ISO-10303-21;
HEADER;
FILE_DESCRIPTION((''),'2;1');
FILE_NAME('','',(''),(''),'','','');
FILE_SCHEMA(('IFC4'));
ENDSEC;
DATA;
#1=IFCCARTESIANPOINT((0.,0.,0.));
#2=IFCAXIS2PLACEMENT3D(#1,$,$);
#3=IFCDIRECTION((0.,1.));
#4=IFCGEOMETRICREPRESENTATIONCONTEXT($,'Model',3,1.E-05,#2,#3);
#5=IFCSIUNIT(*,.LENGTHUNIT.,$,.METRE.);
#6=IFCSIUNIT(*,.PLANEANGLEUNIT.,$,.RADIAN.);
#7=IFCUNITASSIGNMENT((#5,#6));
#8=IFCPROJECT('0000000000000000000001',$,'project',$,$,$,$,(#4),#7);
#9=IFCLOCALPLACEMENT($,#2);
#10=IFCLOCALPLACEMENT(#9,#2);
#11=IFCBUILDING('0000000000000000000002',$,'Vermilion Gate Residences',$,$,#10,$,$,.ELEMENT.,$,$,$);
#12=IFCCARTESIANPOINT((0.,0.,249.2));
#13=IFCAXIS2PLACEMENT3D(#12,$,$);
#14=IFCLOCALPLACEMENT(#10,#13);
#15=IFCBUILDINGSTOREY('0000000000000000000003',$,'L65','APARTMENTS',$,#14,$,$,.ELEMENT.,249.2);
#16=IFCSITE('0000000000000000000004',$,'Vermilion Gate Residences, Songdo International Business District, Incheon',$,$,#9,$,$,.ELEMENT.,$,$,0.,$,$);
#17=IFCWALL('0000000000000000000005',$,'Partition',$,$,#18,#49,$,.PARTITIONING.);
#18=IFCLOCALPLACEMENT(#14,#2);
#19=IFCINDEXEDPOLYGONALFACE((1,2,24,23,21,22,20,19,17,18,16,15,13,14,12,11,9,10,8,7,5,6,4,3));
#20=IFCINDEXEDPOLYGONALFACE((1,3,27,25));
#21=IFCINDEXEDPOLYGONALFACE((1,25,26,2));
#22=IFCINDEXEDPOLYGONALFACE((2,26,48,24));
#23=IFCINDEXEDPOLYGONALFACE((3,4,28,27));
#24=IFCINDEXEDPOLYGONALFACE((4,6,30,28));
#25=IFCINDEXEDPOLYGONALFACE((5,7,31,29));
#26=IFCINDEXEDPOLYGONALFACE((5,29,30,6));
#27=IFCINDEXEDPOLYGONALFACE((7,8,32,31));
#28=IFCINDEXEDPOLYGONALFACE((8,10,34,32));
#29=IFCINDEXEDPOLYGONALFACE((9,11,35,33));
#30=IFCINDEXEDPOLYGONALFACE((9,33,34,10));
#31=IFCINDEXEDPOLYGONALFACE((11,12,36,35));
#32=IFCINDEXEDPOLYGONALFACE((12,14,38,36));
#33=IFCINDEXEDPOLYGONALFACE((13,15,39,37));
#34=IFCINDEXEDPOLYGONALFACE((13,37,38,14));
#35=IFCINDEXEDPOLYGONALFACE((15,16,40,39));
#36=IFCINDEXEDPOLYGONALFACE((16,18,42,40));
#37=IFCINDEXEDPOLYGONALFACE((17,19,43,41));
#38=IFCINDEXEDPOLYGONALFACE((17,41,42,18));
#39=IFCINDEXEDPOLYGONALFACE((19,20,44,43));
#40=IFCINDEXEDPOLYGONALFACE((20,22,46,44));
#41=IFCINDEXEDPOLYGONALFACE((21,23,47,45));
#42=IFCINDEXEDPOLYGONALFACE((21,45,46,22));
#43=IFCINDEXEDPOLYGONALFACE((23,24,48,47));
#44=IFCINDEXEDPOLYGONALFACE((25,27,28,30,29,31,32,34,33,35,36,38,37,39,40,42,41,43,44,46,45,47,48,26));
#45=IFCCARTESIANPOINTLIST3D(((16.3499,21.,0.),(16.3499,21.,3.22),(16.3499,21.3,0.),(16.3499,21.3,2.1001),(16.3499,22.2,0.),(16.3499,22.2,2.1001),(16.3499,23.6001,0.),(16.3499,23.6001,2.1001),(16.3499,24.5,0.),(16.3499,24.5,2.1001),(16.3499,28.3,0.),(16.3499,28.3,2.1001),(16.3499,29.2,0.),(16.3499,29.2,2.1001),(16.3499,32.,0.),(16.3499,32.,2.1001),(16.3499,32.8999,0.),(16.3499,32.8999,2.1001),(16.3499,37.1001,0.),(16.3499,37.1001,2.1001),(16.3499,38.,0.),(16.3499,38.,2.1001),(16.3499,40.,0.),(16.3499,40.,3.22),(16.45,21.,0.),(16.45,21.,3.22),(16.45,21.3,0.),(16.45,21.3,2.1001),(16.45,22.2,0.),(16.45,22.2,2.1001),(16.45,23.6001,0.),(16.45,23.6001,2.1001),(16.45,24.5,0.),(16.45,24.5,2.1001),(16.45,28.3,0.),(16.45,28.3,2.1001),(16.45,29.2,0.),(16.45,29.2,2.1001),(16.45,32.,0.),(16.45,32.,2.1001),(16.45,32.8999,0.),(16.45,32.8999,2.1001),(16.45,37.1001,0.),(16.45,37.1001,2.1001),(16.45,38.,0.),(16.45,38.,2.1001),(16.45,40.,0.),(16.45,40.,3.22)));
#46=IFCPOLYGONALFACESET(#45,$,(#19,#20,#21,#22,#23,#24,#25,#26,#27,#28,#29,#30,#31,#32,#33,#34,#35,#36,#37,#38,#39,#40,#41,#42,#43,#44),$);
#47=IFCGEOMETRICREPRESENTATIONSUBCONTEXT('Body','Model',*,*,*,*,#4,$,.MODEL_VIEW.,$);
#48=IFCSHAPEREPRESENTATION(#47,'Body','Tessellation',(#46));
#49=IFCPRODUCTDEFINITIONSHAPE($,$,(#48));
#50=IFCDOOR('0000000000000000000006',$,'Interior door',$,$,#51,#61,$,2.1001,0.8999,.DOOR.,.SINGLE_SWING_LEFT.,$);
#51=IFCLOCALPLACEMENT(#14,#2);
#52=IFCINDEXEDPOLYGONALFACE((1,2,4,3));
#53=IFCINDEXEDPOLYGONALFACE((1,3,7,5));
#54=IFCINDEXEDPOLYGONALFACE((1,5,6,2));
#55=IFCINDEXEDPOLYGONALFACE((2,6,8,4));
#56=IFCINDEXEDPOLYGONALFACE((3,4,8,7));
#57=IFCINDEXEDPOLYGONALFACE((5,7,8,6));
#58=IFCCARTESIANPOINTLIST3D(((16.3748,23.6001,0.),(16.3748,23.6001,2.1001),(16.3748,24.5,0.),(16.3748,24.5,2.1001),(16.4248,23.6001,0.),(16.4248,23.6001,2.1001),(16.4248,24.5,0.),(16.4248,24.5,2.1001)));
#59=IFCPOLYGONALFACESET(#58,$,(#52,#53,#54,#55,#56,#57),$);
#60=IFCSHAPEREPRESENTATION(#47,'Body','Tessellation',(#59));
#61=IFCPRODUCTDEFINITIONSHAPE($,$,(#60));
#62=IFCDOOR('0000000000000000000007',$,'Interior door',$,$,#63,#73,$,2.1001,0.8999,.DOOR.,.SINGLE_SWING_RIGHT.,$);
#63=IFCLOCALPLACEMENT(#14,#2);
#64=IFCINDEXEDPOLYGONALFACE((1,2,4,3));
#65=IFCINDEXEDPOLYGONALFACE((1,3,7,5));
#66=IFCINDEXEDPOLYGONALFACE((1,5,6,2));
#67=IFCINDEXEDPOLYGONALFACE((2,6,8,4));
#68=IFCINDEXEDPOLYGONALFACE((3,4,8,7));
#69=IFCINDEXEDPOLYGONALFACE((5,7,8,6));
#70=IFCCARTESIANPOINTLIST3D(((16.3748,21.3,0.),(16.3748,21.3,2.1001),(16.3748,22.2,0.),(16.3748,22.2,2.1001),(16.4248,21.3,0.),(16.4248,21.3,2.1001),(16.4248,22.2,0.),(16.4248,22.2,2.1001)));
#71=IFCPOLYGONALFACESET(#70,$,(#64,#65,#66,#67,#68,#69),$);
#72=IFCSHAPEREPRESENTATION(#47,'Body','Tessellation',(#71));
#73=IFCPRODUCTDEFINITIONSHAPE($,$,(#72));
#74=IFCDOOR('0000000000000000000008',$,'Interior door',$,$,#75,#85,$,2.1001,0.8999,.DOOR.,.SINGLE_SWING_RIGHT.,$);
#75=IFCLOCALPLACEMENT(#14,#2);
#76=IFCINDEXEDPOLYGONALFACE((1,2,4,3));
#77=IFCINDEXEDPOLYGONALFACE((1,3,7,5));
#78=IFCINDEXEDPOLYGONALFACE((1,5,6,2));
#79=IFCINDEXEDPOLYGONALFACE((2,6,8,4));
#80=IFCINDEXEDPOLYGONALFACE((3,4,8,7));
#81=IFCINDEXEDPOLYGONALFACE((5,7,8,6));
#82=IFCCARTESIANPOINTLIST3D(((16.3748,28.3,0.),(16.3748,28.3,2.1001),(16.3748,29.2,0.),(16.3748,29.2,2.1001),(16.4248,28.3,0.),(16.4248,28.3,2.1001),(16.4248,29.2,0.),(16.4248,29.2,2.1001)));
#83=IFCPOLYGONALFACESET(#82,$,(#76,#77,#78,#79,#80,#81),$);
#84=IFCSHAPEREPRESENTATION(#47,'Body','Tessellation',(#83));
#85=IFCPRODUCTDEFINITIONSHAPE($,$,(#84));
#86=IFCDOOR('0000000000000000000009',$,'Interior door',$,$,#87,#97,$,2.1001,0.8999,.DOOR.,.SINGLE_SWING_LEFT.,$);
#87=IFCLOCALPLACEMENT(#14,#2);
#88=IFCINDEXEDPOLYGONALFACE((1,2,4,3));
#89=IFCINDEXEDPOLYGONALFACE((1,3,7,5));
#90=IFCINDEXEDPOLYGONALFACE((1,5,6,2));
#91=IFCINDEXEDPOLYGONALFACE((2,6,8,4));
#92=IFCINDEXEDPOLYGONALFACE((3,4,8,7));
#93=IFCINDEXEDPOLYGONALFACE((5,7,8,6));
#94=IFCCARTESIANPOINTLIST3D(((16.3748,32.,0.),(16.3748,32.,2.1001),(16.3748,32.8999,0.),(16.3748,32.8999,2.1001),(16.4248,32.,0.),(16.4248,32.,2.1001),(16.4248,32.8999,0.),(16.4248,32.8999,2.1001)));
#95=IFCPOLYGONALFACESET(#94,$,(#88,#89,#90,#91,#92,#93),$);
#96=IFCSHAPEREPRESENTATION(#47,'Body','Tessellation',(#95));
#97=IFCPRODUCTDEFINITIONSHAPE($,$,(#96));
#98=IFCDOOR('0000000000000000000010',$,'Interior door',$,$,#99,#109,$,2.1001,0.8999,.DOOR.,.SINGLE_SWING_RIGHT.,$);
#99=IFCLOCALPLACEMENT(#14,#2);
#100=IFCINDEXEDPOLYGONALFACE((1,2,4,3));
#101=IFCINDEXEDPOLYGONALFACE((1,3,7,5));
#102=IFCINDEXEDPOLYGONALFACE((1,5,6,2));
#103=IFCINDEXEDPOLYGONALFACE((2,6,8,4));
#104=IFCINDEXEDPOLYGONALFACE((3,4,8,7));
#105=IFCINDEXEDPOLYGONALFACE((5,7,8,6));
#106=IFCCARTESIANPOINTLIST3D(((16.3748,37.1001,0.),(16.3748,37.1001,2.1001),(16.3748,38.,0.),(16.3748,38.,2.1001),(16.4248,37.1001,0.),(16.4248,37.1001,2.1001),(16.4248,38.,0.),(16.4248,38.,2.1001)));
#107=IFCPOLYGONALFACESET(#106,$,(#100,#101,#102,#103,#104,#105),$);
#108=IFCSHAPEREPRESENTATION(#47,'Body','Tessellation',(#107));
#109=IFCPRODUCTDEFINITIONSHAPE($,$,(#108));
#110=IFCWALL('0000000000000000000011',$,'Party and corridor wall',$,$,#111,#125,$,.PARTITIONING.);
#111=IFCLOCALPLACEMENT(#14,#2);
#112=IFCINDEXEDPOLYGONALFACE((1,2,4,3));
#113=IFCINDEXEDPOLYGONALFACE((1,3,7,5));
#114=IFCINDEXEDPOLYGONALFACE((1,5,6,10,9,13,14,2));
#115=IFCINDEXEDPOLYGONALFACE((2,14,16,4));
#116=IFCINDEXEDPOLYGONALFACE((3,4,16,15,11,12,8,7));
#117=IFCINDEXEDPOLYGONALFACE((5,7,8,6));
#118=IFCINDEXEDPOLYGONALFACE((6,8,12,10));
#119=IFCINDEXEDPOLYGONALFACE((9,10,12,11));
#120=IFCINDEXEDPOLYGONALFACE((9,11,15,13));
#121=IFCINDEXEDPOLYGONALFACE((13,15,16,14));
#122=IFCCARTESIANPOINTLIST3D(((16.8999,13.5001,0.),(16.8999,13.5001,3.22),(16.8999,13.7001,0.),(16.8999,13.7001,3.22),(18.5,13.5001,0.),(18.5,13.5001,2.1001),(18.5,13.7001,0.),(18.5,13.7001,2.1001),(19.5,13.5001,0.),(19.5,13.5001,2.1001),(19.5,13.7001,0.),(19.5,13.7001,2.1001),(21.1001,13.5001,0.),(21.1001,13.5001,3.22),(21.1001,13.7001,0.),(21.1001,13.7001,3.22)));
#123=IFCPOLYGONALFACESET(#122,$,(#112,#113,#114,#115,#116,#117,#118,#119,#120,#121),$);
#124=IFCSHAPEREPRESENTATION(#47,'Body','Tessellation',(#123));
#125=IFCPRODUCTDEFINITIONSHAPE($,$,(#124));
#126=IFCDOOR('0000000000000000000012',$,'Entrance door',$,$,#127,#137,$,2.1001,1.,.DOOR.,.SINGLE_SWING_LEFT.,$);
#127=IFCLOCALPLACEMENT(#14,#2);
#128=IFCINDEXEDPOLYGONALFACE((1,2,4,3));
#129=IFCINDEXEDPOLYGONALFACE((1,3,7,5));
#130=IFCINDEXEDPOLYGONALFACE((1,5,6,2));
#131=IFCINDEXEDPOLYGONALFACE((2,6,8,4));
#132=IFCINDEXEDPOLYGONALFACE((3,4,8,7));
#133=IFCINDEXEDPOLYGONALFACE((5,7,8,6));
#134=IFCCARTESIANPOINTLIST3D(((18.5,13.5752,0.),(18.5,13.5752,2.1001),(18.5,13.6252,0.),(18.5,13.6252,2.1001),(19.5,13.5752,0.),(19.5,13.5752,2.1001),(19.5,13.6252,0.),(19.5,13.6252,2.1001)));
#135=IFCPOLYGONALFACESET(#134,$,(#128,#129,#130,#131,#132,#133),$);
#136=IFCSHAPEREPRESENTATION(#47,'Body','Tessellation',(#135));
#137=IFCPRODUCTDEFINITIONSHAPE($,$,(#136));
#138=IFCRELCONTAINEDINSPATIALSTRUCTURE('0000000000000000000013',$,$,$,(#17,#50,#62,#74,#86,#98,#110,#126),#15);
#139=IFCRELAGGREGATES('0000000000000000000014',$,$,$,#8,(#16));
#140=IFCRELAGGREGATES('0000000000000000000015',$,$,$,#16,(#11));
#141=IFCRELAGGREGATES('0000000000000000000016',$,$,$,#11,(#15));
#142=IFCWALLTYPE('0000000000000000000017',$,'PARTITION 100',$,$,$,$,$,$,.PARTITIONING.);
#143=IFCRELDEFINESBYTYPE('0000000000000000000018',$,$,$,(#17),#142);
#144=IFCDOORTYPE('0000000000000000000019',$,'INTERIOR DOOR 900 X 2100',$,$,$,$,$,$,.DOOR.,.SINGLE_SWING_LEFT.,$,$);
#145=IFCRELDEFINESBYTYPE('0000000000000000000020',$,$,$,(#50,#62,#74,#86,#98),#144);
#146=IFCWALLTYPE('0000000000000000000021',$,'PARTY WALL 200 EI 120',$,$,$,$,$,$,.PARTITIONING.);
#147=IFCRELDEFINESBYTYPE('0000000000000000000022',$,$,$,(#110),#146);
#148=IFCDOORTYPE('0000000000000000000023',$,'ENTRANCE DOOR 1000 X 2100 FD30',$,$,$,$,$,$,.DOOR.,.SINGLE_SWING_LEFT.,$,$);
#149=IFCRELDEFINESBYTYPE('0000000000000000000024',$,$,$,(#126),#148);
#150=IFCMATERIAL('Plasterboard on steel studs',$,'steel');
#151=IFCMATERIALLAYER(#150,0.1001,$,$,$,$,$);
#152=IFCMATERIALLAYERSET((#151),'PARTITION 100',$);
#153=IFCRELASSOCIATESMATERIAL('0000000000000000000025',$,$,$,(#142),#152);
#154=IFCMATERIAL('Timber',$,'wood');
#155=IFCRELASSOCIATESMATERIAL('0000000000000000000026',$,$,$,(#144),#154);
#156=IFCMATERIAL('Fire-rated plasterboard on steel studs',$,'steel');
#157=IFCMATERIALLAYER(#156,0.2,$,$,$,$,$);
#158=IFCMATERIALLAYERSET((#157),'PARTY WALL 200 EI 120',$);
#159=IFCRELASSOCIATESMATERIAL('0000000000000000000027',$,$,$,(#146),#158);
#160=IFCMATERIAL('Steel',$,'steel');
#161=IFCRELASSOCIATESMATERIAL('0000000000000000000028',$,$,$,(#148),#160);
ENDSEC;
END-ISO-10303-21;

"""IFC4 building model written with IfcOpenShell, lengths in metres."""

from ifc_helpers import new_model, si_unit, direction, frame, frame_2d, origin, place, context, subcontext, project, spatial, rectangle, extrude, material, layer, layer_set, type_object, element, fill, save


model = new_model("IFC4")

# Units and contexts
model_context = context("Model", 3, precision=1e-05, world=origin(), true_north=direction((0.0, 1.0)))
body_context = subcontext(model_context, "Body", "Model", "MODEL_VIEW")
ifc_project = project(units=[si_unit("LENGTHUNIT", "METRE"), si_unit("PLANEANGLEUNIT", "RADIAN")], contexts=[model_context])

# Site, building, storey
site_placement = place(None, origin())
site = spatial("IfcSite", under=ifc_project, at=site_placement, Name="Vermilion Gate Residences, Songdo International Business District, Incheon", CompositionType="ELEMENT", RefElevation=0.0)
building_placement = place(site_placement, origin())
building = spatial("IfcBuilding", under=site, at=building_placement, Name="Vermilion Gate Residences", CompositionType="ELEMENT")
storey_placement = place(building_placement, frame((0.0, 0.0, 249.2)))
storey = spatial("IfcBuildingStorey", under=building, at=storey_placement, Name="L65", Description="APARTMENTS", CompositionType="ELEMENT", Elevation=249.2)

# Shared definitions
ifc_material_1 = material(Name="Plasterboard on steel studs", Category="steel")
ifc_layer_1 = layer(ifc_material_1, 0.1001)
ifc_layer_set_1 = layer_set([ifc_layer_1], Name="PARTITION 100")
wall_type_1 = type_object("IfcWallType", Name="PARTITION 100", PredefinedType="PARTITIONING", material=ifc_layer_set_1)

# Wall, openings, doors
ifc_material_2 = material(Name="Timber", Category="wood")
door_type_1 = type_object("IfcDoorType", Name="INTERIOR DOOR 900 X 2100", OperationType="SINGLE_SWING_LEFT", PredefinedType="DOOR", material=ifc_material_2)
wall_1_placement = place(storey_placement, frame((16.3999, 21.0, 0.0), z_axis=(0.0, 0.0, 1.0), x_axis=(0.0, 1.0, 0.0)))
wall_1 = element("IfcWall", 1, at=wall_1_placement, inside=storey, type_object=wall_type_1, Name="Partition", PredefinedType="PARTITIONING", context=body_context, shape_type="SweptSolid", body=[
    extrude(rectangle(XDim=19.0, YDim=0.1001, at=frame_2d((9.5, 0.0))), origin(), (0.0, 0.0, 1.0), 3.22),
])
opening_1_placement = place(wall_1_placement, frame((2.6001, 0.0, 0.0)))
opening_1 = element("IfcOpeningElement", 2, at=opening_1_placement, cuts=wall_1, PredefinedType="OPENING", context=body_context, shape_type="SweptSolid", body=[
    extrude(rectangle(XDim=0.8999, YDim=2.1001, at=frame_2d((0.45, 1.05))), frame((0.0, 0.0601, 0.0), z_axis=(0.0, -1.0, 0.0), x_axis=(1.0, 0.0, 0.0)), (0.0, 0.0, 1.0), 0.1201),
])
opening_2_placement = place(wall_1_placement, frame((0.3, 0.0, 0.0)))
opening_2 = element("IfcOpeningElement", 3, at=opening_2_placement, cuts=wall_1, PredefinedType="OPENING", context=body_context, shape_type="SweptSolid", body=[
    extrude(rectangle(XDim=0.8999, YDim=2.1001, at=frame_2d((0.45, 1.05))), frame((0.0, 0.0601, 0.0), z_axis=(0.0, -1.0, 0.0), x_axis=(1.0, 0.0, 0.0)), (0.0, 0.0, 1.0), 0.1201),
])
opening_3_placement = place(wall_1_placement, frame((7.3, 0.0, 0.0)))
opening_3 = element("IfcOpeningElement", 4, at=opening_3_placement, cuts=wall_1, PredefinedType="OPENING", context=body_context, shape_type="SweptSolid", body=[
    extrude(rectangle(XDim=0.8999, YDim=2.1001, at=frame_2d((0.45, 1.05))), frame((0.0, 0.0601, 0.0), z_axis=(0.0, -1.0, 0.0), x_axis=(1.0, 0.0, 0.0)), (0.0, 0.0, 1.0), 0.1201),
])
opening_4_placement = place(wall_1_placement, frame((11.0, 0.0, 0.0)))
opening_4 = element("IfcOpeningElement", 5, at=opening_4_placement, cuts=wall_1, PredefinedType="OPENING", context=body_context, shape_type="SweptSolid", body=[
    extrude(rectangle(XDim=0.8999, YDim=2.1001, at=frame_2d((0.45, 1.05))), frame((0.0, 0.0601, 0.0), z_axis=(0.0, -1.0, 0.0), x_axis=(1.0, 0.0, 0.0)), (0.0, 0.0, 1.0), 0.1201),
])
opening_5_placement = place(wall_1_placement, frame((16.1001, 0.0, 0.0)))
opening_5 = element("IfcOpeningElement", 6, at=opening_5_placement, cuts=wall_1, PredefinedType="OPENING", context=body_context, shape_type="SweptSolid", body=[
    extrude(rectangle(XDim=0.8999, YDim=2.1001, at=frame_2d((0.45, 1.05))), frame((0.0, 0.0601, 0.0), z_axis=(0.0, -1.0, 0.0), x_axis=(1.0, 0.0, 0.0)), (0.0, 0.0, 1.0), 0.1201),
])
door_1_placement = place(opening_1_placement, frame((0.8999, 0.0, 0.0), z_axis=(0.0, 0.0, 1.0), x_axis=(-1.0, 0.0, 0.0)))
door_1 = element("IfcDoor", 7, at=door_1_placement, inside=storey, type_object=door_type_1, Name="Interior door", OperationType="SINGLE_SWING_LEFT", OverallHeight=2.1001, OverallWidth=0.8999, PredefinedType="DOOR", context=body_context, shape_type="SweptSolid", body=[
    extrude(rectangle(XDim=0.8999, YDim=2.1001, at=frame_2d((0.45, 1.05))), frame((0.0, 0.0249, 0.0), z_axis=(0.0, -1.0, 0.0), x_axis=(1.0, 0.0, 0.0)), (0.0, 0.0, 1.0), 0.05),
])
fill(opening_1, door_1)
door_2_placement = place(opening_2_placement, frame((0.8999, 0.0, 0.0), z_axis=(0.0, 0.0, 1.0), x_axis=(-1.0, 0.0, 0.0)))
door_2 = element("IfcDoor", 8, at=door_2_placement, inside=storey, type_object=door_type_1, Name="Interior door", OperationType="SINGLE_SWING_RIGHT", OverallHeight=2.1001, OverallWidth=0.8999, PredefinedType="DOOR", context=body_context, shape_type="SweptSolid", body=[
    extrude(rectangle(XDim=0.8999, YDim=2.1001, at=frame_2d((0.45, 1.05))), frame((0.0, 0.0249, 0.0), z_axis=(0.0, -1.0, 0.0), x_axis=(1.0, 0.0, 0.0)), (0.0, 0.0, 1.0), 0.05),
])
fill(opening_2, door_2)
door_3_placement = place(opening_3_placement, frame((0.8999, 0.0, 0.0), z_axis=(0.0, 0.0, 1.0), x_axis=(-1.0, 0.0, 0.0)))
door_3 = element("IfcDoor", 9, at=door_3_placement, inside=storey, type_object=door_type_1, Name="Interior door", OperationType="SINGLE_SWING_RIGHT", OverallHeight=2.1001, OverallWidth=0.8999, PredefinedType="DOOR", context=body_context, shape_type="SweptSolid", body=[
    extrude(rectangle(XDim=0.8999, YDim=2.1001, at=frame_2d((0.45, 1.05))), frame((0.0, 0.0249, 0.0), z_axis=(0.0, -1.0, 0.0), x_axis=(1.0, 0.0, 0.0)), (0.0, 0.0, 1.0), 0.05),
])
fill(opening_3, door_3)
door_4_placement = place(opening_4_placement, frame((0.8999, 0.0, 0.0), z_axis=(0.0, 0.0, 1.0), x_axis=(-1.0, 0.0, 0.0)))
door_4 = element("IfcDoor", 10, at=door_4_placement, inside=storey, type_object=door_type_1, Name="Interior door", OperationType="SINGLE_SWING_LEFT", OverallHeight=2.1001, OverallWidth=0.8999, PredefinedType="DOOR", context=body_context, shape_type="SweptSolid", body=[
    extrude(rectangle(XDim=0.8999, YDim=2.1001, at=frame_2d((0.45, 1.05))), frame((0.0, 0.0249, 0.0), z_axis=(0.0, -1.0, 0.0), x_axis=(1.0, 0.0, 0.0)), (0.0, 0.0, 1.0), 0.05),
])
fill(opening_4, door_4)
door_5_placement = place(opening_5_placement, frame((0.8999, 0.0, 0.0), z_axis=(0.0, 0.0, 1.0), x_axis=(-1.0, 0.0, 0.0)))
door_5 = element("IfcDoor", 11, at=door_5_placement, inside=storey, type_object=door_type_1, Name="Interior door", OperationType="SINGLE_SWING_RIGHT", OverallHeight=2.1001, OverallWidth=0.8999, PredefinedType="DOOR", context=body_context, shape_type="SweptSolid", body=[
    extrude(rectangle(XDim=0.8999, YDim=2.1001, at=frame_2d((0.45, 1.05))), frame((0.0, 0.0249, 0.0), z_axis=(0.0, -1.0, 0.0), x_axis=(1.0, 0.0, 0.0)), (0.0, 0.0, 1.0), 0.05),
])
fill(opening_5, door_5)

# Wall, opening, door
ifc_material_3 = material(Name="Fire-rated plasterboard on steel studs", Category="steel")
ifc_layer_2 = layer(ifc_material_3, 0.2)
ifc_layer_set_2 = layer_set([ifc_layer_2], Name="PARTY WALL 200 EI 120")
wall_type_2 = type_object("IfcWallType", Name="PARTY WALL 200 EI 120", PredefinedType="PARTITIONING", material=ifc_layer_set_2)
wall_2_placement = place(storey_placement, frame((16.8999, 13.6001, 0.0), z_axis=(0.0, 0.0, 1.0), x_axis=(1.0, 0.0, 0.0)))
wall_2 = element("IfcWall", 12, at=wall_2_placement, inside=storey, type_object=wall_type_2, Name="Party and corridor wall", PredefinedType="PARTITIONING", context=body_context, shape_type="SweptSolid", body=[
    extrude(rectangle(XDim=4.2002, YDim=0.2, at=frame_2d((2.1001, 0.0))), origin(), (0.0, 0.0, 1.0), 3.22),
])
opening_6_placement = place(wall_2_placement, frame((1.6001, 0.0, 0.0)))
opening_6 = element("IfcOpeningElement", 13, at=opening_6_placement, cuts=wall_2, PredefinedType="OPENING", context=body_context, shape_type="SweptSolid", body=[
    extrude(rectangle(XDim=1.0, YDim=2.1001, at=frame_2d((0.5, 1.05))), frame((0.0, 0.1099, 0.0), z_axis=(0.0, -1.0, 0.0), x_axis=(1.0, 0.0, 0.0)), (0.0, 0.0, 1.0), 0.22),
])
ifc_material_4 = material(Name="Steel", Category="steel")
door_type_2 = type_object("IfcDoorType", Name="ENTRANCE DOOR 1000 X 2100 FD30", OperationType="SINGLE_SWING_LEFT", PredefinedType="DOOR", material=ifc_material_4)
door_6_placement = place(opening_6_placement, frame((1.0, 0.0, 0.0), z_axis=(0.0, 0.0, 1.0), x_axis=(-1.0, 0.0, 0.0)))
door_6 = element("IfcDoor", 14, at=door_6_placement, inside=storey, type_object=door_type_2, Name="Entrance door", OperationType="SINGLE_SWING_LEFT", OverallHeight=2.1001, OverallWidth=1.0, PredefinedType="DOOR", context=body_context, shape_type="SweptSolid", body=[
    extrude(rectangle(XDim=1.0, YDim=2.1001, at=frame_2d((0.5, 1.05))), frame((0.0, 0.0249, 0.0), z_axis=(0.0, -1.0, 0.0), x_axis=(1.0, 0.0, 0.0)), (0.0, 0.0, 1.0), 0.05),
])
fill(opening_6, door_6)

save(model, "model.ifc")
